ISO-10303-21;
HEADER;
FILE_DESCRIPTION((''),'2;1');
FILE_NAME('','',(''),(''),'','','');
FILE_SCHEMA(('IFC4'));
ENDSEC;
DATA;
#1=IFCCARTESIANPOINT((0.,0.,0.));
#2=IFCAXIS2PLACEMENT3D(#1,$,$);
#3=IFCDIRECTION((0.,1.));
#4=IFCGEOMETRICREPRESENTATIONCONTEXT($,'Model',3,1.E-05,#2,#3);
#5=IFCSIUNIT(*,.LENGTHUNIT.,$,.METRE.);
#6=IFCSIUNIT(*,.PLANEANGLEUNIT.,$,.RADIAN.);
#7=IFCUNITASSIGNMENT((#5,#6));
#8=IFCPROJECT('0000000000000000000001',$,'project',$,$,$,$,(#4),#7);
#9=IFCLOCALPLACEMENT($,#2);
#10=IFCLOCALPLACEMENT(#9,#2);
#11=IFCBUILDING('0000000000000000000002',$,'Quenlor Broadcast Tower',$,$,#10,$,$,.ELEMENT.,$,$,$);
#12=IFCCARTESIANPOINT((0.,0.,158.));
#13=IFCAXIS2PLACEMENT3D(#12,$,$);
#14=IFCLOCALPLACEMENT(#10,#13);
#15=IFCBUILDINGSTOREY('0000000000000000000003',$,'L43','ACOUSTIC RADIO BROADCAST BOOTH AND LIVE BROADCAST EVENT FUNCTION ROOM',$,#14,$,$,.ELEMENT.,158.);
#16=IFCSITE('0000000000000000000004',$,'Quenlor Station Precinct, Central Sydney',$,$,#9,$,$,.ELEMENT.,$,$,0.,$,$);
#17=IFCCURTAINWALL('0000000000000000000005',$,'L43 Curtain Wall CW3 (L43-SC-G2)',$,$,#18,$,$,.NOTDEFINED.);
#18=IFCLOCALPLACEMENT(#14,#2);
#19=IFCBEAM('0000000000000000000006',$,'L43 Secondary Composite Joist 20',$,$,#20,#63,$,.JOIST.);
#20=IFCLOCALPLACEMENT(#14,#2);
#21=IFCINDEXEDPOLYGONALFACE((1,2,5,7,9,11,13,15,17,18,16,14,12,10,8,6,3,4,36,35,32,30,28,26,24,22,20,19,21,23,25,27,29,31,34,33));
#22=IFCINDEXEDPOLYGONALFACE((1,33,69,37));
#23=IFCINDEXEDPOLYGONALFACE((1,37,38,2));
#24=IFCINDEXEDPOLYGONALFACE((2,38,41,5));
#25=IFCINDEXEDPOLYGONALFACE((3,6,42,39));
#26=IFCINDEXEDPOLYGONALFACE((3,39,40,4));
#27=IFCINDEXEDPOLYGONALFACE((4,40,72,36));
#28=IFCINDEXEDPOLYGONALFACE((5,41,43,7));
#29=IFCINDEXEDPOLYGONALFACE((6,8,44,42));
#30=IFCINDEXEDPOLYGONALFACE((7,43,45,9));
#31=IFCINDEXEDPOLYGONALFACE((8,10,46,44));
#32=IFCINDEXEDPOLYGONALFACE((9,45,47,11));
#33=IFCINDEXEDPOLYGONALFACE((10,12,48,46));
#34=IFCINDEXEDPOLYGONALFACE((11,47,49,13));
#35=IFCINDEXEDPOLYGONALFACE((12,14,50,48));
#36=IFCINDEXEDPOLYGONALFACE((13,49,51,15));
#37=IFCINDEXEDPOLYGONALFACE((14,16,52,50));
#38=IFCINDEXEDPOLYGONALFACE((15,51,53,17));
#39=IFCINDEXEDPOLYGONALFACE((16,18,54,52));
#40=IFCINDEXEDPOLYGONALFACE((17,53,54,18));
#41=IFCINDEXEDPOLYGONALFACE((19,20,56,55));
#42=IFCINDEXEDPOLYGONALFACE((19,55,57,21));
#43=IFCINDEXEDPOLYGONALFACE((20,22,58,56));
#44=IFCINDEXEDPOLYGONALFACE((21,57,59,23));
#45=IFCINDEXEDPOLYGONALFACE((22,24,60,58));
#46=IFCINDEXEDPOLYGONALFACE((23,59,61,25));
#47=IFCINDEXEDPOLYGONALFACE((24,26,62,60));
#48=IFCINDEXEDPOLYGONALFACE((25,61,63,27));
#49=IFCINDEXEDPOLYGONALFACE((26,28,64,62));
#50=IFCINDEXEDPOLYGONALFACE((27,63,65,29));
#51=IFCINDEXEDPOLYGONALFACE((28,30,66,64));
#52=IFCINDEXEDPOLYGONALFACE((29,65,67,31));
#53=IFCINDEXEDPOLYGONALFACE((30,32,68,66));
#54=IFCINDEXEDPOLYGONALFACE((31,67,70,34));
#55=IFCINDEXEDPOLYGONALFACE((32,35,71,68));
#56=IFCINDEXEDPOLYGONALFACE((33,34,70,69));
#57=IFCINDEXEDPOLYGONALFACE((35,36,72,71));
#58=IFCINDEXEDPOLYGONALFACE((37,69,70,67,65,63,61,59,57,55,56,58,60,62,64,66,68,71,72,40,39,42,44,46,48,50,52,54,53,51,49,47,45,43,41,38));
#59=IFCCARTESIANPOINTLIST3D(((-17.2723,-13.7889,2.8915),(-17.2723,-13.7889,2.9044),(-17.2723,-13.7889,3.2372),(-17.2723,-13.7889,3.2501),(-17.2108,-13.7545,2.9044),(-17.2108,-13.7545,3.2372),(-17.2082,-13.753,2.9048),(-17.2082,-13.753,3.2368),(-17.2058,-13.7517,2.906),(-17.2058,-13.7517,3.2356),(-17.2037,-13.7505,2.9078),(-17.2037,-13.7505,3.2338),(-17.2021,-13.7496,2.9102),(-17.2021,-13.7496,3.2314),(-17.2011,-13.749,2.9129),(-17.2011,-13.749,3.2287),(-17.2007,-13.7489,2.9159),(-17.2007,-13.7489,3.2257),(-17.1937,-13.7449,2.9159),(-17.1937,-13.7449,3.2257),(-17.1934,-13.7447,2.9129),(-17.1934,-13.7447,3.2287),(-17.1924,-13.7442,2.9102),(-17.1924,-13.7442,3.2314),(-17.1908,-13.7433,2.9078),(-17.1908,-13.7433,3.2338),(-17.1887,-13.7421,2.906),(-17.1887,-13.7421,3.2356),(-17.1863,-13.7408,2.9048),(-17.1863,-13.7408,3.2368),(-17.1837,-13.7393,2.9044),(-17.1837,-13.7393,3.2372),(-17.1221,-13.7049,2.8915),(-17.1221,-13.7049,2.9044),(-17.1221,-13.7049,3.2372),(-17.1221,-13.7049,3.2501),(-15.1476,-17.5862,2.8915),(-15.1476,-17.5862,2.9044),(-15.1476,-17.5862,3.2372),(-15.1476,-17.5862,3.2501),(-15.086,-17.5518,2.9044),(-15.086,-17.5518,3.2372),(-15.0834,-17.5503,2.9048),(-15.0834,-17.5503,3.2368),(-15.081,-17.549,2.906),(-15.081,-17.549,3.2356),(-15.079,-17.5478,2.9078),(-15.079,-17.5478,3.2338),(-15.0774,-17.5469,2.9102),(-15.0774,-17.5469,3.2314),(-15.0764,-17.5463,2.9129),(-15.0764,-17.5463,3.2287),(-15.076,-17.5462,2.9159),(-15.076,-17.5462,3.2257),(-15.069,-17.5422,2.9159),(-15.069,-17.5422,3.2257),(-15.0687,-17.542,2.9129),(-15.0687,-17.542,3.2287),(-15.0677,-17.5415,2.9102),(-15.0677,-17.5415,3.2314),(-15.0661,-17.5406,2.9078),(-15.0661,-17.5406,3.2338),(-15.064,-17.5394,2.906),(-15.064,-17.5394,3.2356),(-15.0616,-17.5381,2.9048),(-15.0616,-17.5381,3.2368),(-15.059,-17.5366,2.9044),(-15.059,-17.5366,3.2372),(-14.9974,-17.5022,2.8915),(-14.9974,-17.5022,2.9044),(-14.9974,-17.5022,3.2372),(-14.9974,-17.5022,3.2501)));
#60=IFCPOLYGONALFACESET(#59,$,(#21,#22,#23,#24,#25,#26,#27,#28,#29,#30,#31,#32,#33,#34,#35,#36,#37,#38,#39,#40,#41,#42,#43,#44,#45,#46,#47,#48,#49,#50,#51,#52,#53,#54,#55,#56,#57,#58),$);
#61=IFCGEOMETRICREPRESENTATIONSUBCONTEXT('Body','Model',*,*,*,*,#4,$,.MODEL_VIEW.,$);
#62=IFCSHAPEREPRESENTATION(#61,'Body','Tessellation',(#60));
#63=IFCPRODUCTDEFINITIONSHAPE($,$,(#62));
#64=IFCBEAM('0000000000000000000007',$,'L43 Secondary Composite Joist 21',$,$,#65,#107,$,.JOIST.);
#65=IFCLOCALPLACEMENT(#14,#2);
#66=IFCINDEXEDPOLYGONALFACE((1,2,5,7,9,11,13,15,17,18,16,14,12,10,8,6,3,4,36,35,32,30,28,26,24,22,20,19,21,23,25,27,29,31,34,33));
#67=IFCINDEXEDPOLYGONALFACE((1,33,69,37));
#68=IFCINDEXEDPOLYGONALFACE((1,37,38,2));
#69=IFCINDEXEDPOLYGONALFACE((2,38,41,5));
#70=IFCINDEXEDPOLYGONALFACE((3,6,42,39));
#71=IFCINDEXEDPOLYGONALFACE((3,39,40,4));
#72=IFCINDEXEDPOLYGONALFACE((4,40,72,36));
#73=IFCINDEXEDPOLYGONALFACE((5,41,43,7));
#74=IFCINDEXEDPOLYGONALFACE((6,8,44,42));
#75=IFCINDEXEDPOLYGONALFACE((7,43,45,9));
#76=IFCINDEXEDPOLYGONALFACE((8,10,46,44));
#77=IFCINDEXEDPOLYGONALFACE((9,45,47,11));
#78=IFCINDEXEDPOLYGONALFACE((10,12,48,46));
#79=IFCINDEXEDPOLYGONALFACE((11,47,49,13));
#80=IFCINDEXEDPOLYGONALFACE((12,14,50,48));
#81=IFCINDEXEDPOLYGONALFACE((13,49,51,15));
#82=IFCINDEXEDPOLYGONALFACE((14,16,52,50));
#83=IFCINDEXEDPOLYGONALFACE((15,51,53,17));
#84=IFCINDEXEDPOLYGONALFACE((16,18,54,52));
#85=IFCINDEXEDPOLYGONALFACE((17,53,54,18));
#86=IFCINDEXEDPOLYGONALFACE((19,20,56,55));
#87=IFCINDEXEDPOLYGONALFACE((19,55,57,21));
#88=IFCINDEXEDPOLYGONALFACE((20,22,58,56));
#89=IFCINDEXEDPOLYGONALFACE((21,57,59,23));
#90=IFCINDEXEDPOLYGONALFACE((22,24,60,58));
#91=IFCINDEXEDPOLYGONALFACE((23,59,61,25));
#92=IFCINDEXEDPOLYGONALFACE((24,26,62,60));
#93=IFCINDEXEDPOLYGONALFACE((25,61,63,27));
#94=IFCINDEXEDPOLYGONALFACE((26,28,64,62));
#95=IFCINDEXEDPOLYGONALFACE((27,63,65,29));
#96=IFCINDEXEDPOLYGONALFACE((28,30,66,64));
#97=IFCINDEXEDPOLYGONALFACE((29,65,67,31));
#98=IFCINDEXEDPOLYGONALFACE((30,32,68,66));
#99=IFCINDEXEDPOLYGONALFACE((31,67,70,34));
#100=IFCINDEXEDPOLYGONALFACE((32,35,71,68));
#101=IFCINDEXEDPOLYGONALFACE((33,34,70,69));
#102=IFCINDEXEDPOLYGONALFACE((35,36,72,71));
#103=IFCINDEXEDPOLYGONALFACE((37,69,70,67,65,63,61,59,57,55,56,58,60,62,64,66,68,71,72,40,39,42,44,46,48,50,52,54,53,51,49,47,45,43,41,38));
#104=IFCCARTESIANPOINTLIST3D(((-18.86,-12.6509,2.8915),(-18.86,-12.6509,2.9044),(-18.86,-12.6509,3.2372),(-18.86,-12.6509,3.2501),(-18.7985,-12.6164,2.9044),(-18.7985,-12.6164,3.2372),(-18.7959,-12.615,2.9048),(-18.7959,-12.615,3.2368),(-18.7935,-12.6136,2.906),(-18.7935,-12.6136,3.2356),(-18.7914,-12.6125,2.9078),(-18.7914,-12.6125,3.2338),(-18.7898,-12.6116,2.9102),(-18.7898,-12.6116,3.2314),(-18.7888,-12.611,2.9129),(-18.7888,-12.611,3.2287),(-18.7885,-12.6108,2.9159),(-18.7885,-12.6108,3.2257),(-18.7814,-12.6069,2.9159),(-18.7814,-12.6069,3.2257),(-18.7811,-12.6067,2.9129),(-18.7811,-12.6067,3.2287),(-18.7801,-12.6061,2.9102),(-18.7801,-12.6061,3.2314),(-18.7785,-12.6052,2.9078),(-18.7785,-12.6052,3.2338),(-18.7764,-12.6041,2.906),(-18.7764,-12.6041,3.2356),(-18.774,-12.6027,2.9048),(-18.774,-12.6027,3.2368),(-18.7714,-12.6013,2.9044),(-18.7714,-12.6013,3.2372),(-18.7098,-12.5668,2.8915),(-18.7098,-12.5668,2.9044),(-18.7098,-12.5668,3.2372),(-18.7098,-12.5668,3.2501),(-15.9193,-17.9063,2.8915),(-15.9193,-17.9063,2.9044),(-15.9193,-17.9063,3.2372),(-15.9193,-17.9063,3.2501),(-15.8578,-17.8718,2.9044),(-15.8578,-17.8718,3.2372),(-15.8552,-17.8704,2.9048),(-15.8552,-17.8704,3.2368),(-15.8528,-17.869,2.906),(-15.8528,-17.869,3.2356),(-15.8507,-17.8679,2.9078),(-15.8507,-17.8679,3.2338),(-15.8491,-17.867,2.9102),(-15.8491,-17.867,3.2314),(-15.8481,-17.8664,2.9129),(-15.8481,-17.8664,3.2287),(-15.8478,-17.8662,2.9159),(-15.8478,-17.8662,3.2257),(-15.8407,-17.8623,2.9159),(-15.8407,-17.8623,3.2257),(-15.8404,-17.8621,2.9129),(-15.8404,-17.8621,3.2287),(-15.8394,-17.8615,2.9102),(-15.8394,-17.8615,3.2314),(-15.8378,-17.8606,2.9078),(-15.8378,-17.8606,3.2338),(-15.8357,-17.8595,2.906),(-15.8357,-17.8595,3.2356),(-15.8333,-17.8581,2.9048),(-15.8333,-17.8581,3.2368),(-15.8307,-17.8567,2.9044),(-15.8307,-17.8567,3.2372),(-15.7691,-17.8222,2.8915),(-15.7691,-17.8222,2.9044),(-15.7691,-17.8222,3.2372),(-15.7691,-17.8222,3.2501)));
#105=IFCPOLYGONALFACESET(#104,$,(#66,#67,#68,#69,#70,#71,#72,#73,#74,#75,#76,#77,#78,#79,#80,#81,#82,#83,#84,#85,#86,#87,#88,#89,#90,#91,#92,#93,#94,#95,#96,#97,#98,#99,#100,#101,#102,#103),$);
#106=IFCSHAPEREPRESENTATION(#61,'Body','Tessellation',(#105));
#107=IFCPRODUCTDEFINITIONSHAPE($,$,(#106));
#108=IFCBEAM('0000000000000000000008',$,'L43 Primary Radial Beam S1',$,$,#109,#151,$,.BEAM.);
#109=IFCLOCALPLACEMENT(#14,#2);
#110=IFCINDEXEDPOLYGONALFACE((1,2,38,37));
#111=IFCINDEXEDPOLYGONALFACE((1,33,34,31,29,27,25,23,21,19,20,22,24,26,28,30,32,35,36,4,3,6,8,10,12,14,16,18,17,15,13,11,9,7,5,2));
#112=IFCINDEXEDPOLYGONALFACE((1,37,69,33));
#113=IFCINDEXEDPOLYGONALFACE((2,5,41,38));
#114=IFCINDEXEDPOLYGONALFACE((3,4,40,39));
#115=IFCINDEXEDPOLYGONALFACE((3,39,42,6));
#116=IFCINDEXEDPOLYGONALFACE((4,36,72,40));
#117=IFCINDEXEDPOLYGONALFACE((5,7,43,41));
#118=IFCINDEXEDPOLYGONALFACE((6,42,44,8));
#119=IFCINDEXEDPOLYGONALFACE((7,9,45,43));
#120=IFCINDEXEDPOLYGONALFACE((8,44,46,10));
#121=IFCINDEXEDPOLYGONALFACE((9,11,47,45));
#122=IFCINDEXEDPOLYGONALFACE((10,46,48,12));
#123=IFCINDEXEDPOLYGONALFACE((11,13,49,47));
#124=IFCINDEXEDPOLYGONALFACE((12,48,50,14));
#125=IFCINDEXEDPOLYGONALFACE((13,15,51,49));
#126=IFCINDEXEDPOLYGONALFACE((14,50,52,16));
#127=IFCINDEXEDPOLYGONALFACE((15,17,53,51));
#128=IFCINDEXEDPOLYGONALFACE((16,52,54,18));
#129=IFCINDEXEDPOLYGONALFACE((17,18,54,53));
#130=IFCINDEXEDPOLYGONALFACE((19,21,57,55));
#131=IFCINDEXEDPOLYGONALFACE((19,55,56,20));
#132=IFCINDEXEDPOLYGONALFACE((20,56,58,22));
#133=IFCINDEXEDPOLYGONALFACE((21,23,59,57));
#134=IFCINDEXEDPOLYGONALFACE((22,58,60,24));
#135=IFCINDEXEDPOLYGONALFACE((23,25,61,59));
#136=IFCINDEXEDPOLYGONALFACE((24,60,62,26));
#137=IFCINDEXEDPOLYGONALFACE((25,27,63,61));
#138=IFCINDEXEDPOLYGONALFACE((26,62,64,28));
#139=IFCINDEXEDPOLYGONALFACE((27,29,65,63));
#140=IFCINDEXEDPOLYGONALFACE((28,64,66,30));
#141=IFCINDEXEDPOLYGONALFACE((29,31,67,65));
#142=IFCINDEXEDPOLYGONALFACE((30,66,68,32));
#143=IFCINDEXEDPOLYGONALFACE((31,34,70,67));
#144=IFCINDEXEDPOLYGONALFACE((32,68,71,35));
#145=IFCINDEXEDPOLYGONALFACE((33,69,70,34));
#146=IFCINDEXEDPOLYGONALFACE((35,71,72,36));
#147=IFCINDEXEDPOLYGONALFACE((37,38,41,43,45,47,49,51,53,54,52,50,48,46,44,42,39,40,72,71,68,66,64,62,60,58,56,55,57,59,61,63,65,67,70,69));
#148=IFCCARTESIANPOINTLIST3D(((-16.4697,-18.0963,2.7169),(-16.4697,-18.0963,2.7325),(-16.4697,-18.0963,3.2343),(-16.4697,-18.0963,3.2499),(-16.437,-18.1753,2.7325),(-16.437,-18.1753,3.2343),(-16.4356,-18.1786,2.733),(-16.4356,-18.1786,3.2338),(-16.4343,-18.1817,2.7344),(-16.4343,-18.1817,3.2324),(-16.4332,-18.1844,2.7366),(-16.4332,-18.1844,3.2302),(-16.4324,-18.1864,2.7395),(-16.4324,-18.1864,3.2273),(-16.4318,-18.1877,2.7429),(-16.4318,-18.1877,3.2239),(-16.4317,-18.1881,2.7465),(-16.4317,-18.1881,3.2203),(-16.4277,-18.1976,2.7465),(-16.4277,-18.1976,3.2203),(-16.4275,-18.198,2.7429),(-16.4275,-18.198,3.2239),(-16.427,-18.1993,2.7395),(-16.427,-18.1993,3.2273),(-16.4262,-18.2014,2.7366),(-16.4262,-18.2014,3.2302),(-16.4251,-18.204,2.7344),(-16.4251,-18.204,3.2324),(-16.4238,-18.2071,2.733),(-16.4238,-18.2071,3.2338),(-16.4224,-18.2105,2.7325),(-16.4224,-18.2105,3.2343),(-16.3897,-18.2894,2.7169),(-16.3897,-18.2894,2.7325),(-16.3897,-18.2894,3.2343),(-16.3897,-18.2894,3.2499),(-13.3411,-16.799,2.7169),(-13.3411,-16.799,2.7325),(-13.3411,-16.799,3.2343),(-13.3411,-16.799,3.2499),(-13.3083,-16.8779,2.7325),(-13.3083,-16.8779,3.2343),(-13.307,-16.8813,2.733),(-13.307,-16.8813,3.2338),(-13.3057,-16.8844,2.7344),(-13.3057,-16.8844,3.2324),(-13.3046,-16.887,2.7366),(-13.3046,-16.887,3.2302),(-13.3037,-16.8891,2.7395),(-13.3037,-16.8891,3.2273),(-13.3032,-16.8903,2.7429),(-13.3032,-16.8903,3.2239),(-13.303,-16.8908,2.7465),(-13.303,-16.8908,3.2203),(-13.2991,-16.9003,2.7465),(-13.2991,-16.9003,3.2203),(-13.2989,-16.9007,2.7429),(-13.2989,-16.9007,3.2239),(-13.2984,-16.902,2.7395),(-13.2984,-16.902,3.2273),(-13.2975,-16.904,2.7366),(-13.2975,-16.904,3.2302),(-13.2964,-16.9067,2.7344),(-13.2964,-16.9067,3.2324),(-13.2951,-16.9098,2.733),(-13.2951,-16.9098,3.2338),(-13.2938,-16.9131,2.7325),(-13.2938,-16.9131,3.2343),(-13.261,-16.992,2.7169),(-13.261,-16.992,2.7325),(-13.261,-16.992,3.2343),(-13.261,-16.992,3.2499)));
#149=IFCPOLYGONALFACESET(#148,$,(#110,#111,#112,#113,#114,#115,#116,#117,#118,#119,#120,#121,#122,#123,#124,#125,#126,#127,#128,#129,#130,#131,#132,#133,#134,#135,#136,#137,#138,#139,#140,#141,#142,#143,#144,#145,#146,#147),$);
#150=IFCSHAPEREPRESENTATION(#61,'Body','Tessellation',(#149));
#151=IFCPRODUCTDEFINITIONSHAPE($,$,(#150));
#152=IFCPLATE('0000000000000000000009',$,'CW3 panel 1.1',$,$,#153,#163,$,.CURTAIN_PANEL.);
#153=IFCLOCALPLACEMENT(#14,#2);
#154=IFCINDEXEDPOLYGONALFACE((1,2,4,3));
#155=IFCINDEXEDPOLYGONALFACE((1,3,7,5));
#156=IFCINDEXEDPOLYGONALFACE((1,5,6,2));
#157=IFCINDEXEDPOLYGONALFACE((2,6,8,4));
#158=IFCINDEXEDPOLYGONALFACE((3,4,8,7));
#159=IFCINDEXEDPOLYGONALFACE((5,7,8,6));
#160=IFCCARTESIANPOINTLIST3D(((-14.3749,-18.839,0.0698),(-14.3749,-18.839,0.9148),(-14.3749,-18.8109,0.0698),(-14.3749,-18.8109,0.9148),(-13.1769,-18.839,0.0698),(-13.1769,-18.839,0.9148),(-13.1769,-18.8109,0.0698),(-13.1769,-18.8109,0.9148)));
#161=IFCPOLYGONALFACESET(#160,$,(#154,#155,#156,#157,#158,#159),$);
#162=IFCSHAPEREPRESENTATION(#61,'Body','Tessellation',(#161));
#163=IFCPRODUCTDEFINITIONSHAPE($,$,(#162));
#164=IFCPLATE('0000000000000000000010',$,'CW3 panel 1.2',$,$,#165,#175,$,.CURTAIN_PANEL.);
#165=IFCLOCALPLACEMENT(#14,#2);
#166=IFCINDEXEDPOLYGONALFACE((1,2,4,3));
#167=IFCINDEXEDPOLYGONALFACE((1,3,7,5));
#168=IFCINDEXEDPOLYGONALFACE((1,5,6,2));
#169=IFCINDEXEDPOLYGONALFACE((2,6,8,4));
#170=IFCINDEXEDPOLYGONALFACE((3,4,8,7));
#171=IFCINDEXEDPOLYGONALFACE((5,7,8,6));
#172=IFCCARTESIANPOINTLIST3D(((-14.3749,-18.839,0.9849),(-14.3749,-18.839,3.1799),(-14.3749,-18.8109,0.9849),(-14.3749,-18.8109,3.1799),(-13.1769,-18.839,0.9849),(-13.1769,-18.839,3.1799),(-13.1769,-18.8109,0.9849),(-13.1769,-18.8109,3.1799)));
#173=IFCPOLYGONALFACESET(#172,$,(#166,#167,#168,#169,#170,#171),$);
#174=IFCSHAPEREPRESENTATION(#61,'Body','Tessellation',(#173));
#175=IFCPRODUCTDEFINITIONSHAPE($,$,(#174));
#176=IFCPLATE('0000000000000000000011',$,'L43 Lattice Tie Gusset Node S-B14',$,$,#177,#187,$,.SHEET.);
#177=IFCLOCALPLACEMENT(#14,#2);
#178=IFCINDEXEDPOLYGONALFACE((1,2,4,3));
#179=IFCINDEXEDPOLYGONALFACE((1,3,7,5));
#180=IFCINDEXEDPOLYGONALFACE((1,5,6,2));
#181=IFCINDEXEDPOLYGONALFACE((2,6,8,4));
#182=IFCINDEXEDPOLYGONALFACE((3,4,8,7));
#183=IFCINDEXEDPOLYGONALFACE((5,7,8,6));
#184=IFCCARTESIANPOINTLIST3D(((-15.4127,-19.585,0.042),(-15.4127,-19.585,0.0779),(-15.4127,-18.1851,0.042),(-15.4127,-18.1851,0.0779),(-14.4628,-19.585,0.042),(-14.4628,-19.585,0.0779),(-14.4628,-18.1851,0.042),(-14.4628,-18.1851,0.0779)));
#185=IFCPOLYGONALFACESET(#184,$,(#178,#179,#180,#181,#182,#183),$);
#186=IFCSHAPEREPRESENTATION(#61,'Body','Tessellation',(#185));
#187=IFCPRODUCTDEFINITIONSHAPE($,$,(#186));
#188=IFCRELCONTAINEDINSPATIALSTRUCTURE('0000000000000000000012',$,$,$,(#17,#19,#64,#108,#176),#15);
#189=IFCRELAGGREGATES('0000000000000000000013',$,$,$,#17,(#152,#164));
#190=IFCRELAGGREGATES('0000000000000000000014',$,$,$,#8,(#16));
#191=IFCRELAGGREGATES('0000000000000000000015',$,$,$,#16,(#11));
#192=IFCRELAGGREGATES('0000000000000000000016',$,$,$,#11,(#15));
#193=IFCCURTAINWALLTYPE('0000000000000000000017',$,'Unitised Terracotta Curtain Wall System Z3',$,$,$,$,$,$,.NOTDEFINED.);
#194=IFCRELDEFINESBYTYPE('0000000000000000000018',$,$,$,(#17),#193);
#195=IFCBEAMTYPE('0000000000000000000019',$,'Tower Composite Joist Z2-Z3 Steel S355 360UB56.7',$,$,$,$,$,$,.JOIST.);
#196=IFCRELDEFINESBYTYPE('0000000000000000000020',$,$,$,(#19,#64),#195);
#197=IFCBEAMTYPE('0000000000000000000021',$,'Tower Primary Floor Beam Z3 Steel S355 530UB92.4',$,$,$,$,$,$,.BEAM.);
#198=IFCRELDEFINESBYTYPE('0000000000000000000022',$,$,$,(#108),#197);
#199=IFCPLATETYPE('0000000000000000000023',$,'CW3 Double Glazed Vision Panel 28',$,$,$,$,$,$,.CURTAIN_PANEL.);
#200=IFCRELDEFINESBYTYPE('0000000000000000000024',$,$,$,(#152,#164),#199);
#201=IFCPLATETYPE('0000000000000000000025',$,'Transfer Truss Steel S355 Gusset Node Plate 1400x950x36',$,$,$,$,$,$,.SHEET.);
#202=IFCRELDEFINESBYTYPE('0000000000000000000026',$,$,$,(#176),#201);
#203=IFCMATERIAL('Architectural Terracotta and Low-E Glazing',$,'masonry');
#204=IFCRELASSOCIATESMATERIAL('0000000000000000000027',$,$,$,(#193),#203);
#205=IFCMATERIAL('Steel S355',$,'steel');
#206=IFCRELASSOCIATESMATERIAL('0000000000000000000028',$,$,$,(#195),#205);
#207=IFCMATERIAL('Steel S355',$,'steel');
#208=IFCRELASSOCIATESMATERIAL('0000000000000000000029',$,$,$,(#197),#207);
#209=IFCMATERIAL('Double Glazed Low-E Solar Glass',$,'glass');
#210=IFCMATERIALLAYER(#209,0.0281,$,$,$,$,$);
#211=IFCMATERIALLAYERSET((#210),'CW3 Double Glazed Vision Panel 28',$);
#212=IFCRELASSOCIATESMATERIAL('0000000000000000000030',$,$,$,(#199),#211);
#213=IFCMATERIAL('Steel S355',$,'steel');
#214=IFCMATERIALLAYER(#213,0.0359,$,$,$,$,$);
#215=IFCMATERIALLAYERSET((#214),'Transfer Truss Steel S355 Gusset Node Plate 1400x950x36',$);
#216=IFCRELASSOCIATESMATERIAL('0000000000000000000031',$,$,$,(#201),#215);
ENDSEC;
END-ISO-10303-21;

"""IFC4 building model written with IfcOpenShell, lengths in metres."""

from ifc_helpers import new_model, si_unit, direction, frame, origin, origin_2d, place, context, subcontext, project, spatial, rectangle, i_section, extrude, material, layer, layer_set, material_profile, profile_set, type_object, element, aggregate, save


model = new_model("IFC4")

# Units and contexts
model_context = context("Model", 3, precision=1e-05, world=origin(), true_north=direction((0.0, 1.0)))
body_context = subcontext(model_context, "Body", "Model", "MODEL_VIEW")
ifc_project = project(units=[si_unit("LENGTHUNIT", "METRE"), si_unit("PLANEANGLEUNIT", "RADIAN")], contexts=[model_context])

# Site, building, storey
site_placement = place(None, origin())
site = spatial("IfcSite", under=ifc_project, at=site_placement, Name="Quenlor Station Precinct, Central Sydney", CompositionType="ELEMENT", RefElevation=0.0)
building_placement = place(site_placement, origin())
building = spatial("IfcBuilding", under=site, at=building_placement, Name="Quenlor Broadcast Tower", CompositionType="ELEMENT")
storey_placement = place(building_placement, frame((0.0, 0.0, 158.0)))
storey = spatial("IfcBuildingStorey", under=building, at=storey_placement, Name="L43", Description="ACOUSTIC RADIO BROADCAST BOOTH AND LIVE BROADCAST EVENT FUNCTION ROOM", CompositionType="ELEMENT", Elevation=158.0)

# Curtain wall
ifc_material_1 = material(Name="Architectural Terracotta and Low-E Glazing", Category="masonry")
curtain_wall_type = type_object("IfcCurtainWallType", Name="Unitised Terracotta Curtain Wall System Z3", PredefinedType="NOTDEFINED", material=ifc_material_1)
curtain_wall_placement = place(storey_placement, origin())
curtain_wall = element("IfcCurtainWall", 1, at=curtain_wall_placement, inside=storey, type_object=curtain_wall_type, Name="L43 Curtain Wall CW3 (L43-SC-G2)", PredefinedType="NOTDEFINED")

# Beams
ifc_material_2 = material(Name="Steel S355", Category="steel")
ifc_material_profile_1 = material_profile(ifc_material_2, i_section(OverallWidth=0.1721, OverallDepth=0.3586, WebThickness=0.0081, FlangeThickness=0.0129, FilletRadius=0.0115, at=origin_2d()))
ifc_profile_set_1 = profile_set([ifc_material_profile_1], Name="Steel S355 360UB56.7")
beam_type_1 = type_object("IfcBeamType", Name="Tower Composite Joist Z2-Z3 Steel S355 360UB56.7", PredefinedType="JOIST", material=ifc_profile_set_1)
beam_1_placement = place(storey_placement, frame((-15.0725, -17.5442, 3.0708), z_axis=(-0.488294, 0.872679, 0.0), x_axis=(-0.872679, -0.488294, 0.0)))
element("IfcBeam", 2, at=beam_1_placement, inside=storey, type_object=beam_type_1, Name="L43 Secondary Composite Joist 20", PredefinedType="JOIST", context=body_context, shape_type="SweptSolid", body=[
    extrude(i_section(OverallWidth=0.1721, OverallDepth=0.3586, WebThickness=0.0081, FlangeThickness=0.0129, FilletRadius=0.0115, at=origin_2d()), origin(), (0.0, 0.0, 1.0), 4.3513),
])
beam_2_placement = place(storey_placement, frame((-15.8442, -17.8643, 3.0708), z_axis=(-0.488308, 0.872671, 0.0), x_axis=(-0.872671, -0.488308, 0.0)))
element("IfcBeam", 3, at=beam_2_placement, inside=storey, type_object=beam_type_1, Name="L43 Secondary Composite Joist 21", PredefinedType="JOIST", context=body_context, shape_type="SweptSolid", body=[
    extrude(i_section(OverallWidth=0.1721, OverallDepth=0.3586, WebThickness=0.0081, FlangeThickness=0.0129, FilletRadius=0.0115, at=origin_2d()), origin(), (0.0, 0.0, 1.0), 6.0222),
])
ifc_material_3 = material(Name="Steel S355", Category="steel")
ifc_material_profile_2 = material_profile(ifc_material_3, i_section(OverallWidth=0.209, OverallDepth=0.533, WebThickness=0.0103, FlangeThickness=0.0156, FilletRadius=0.0139, at=origin_2d()))
ifc_profile_set_2 = profile_set([ifc_material_profile_2], Name="Steel S355 530UB92.4")
beam_type_2 = type_object("IfcBeamType", Name="Tower Primary Floor Beam Z3 Steel S355 530UB92.4", PredefinedType="BEAM", material=ifc_profile_set_2)
beam_3_placement = place(storey_placement, frame((-16.4297, -18.1929, 2.9834), z_axis=(0.92373, 0.383044, 0.0), x_axis=(-0.383044, 0.92373, 0.0)))
element("IfcBeam", 4, at=beam_3_placement, inside=storey, type_object=beam_type_2, Name="L43 Primary Radial Beam S1", PredefinedType="BEAM", context=body_context, shape_type="SweptSolid", body=[
    extrude(i_section(OverallWidth=0.209, OverallDepth=0.533, WebThickness=0.0103, FlangeThickness=0.0156, FilletRadius=0.0139, at=origin_2d()), origin(), (0.0, 0.0, 1.0), 3.387),
])

# Plates
ifc_material_4 = material(Name="Double Glazed Low-E Solar Glass", Category="glass")
ifc_layer_1 = layer(ifc_material_4, 0.0281)
ifc_layer_set_1 = layer_set([ifc_layer_1], Name="CW3 Double Glazed Vision Panel 28")
plate_type_1 = type_object("IfcPlateType", Name="CW3 Double Glazed Vision Panel 28", PredefinedType="CURTAIN_PANEL", material=ifc_layer_set_1)
plate_1_placement = place(storey_placement, frame((-13.7759, -18.825, 0.0698), z_axis=(0.0, 0.0, 1.0), x_axis=(-1.0, 0.0, 0.0)))
plate_1 = element("IfcPlate", 5, at=plate_1_placement, type_object=plate_type_1, Name="CW3 panel 1.1", PredefinedType="CURTAIN_PANEL", context=body_context, shape_type="SweptSolid", body=[
    extrude(rectangle(XDim=1.198, YDim=0.0281, at=origin_2d()), origin(), (0.0, 0.0, 1.0), 0.845),
])
plate_2_placement = place(storey_placement, frame((-13.7759, -18.825, 0.9849), z_axis=(0.0, 0.0, 1.0), x_axis=(-1.0, 0.0, 0.0)))
plate_2 = element("IfcPlate", 6, at=plate_2_placement, type_object=plate_type_1, Name="CW3 panel 1.2", PredefinedType="CURTAIN_PANEL", context=body_context, shape_type="SweptSolid", body=[
    extrude(rectangle(XDim=1.198, YDim=0.0281, at=origin_2d()), origin(), (0.0, 0.0, 1.0), 2.1951),
])
aggregate(curtain_wall, [plate_1, plate_2])

# Plate
ifc_material_5 = material(Name="Steel S355", Category="steel")
ifc_layer_2 = layer(ifc_material_5, 0.0359)
ifc_layer_set_2 = layer_set([ifc_layer_2], Name="Transfer Truss Steel S355 Gusset Node Plate 1400x950x36")
plate_type_2 = type_object("IfcPlateType", Name="Transfer Truss Steel S355 Gusset Node Plate 1400x950x36", PredefinedType="SHEET", material=ifc_layer_set_2)
for number, where, z_axis, x_axis, name in (
    (7, (-14.9377, -18.885, 0.042), (0.0, 0.0, 1.0), (0.0, -1.0, 0.0), "L43 Lattice Tie Gusset Node S-B14"),
):
    element("IfcPlate", number, at=place(storey_placement, frame(where, z_axis=z_axis, x_axis=x_axis)), inside=storey, type_object=plate_type_2, Name=name, PredefinedType="SHEET", context=body_context, shape_type="SweptSolid", body=[
        extrude(rectangle(XDim=1.3999, YDim=0.95, at=origin_2d()), origin(), (0.0, 0.0, 1.0), 0.0359),
    ])

save(model, "model.ifc")
